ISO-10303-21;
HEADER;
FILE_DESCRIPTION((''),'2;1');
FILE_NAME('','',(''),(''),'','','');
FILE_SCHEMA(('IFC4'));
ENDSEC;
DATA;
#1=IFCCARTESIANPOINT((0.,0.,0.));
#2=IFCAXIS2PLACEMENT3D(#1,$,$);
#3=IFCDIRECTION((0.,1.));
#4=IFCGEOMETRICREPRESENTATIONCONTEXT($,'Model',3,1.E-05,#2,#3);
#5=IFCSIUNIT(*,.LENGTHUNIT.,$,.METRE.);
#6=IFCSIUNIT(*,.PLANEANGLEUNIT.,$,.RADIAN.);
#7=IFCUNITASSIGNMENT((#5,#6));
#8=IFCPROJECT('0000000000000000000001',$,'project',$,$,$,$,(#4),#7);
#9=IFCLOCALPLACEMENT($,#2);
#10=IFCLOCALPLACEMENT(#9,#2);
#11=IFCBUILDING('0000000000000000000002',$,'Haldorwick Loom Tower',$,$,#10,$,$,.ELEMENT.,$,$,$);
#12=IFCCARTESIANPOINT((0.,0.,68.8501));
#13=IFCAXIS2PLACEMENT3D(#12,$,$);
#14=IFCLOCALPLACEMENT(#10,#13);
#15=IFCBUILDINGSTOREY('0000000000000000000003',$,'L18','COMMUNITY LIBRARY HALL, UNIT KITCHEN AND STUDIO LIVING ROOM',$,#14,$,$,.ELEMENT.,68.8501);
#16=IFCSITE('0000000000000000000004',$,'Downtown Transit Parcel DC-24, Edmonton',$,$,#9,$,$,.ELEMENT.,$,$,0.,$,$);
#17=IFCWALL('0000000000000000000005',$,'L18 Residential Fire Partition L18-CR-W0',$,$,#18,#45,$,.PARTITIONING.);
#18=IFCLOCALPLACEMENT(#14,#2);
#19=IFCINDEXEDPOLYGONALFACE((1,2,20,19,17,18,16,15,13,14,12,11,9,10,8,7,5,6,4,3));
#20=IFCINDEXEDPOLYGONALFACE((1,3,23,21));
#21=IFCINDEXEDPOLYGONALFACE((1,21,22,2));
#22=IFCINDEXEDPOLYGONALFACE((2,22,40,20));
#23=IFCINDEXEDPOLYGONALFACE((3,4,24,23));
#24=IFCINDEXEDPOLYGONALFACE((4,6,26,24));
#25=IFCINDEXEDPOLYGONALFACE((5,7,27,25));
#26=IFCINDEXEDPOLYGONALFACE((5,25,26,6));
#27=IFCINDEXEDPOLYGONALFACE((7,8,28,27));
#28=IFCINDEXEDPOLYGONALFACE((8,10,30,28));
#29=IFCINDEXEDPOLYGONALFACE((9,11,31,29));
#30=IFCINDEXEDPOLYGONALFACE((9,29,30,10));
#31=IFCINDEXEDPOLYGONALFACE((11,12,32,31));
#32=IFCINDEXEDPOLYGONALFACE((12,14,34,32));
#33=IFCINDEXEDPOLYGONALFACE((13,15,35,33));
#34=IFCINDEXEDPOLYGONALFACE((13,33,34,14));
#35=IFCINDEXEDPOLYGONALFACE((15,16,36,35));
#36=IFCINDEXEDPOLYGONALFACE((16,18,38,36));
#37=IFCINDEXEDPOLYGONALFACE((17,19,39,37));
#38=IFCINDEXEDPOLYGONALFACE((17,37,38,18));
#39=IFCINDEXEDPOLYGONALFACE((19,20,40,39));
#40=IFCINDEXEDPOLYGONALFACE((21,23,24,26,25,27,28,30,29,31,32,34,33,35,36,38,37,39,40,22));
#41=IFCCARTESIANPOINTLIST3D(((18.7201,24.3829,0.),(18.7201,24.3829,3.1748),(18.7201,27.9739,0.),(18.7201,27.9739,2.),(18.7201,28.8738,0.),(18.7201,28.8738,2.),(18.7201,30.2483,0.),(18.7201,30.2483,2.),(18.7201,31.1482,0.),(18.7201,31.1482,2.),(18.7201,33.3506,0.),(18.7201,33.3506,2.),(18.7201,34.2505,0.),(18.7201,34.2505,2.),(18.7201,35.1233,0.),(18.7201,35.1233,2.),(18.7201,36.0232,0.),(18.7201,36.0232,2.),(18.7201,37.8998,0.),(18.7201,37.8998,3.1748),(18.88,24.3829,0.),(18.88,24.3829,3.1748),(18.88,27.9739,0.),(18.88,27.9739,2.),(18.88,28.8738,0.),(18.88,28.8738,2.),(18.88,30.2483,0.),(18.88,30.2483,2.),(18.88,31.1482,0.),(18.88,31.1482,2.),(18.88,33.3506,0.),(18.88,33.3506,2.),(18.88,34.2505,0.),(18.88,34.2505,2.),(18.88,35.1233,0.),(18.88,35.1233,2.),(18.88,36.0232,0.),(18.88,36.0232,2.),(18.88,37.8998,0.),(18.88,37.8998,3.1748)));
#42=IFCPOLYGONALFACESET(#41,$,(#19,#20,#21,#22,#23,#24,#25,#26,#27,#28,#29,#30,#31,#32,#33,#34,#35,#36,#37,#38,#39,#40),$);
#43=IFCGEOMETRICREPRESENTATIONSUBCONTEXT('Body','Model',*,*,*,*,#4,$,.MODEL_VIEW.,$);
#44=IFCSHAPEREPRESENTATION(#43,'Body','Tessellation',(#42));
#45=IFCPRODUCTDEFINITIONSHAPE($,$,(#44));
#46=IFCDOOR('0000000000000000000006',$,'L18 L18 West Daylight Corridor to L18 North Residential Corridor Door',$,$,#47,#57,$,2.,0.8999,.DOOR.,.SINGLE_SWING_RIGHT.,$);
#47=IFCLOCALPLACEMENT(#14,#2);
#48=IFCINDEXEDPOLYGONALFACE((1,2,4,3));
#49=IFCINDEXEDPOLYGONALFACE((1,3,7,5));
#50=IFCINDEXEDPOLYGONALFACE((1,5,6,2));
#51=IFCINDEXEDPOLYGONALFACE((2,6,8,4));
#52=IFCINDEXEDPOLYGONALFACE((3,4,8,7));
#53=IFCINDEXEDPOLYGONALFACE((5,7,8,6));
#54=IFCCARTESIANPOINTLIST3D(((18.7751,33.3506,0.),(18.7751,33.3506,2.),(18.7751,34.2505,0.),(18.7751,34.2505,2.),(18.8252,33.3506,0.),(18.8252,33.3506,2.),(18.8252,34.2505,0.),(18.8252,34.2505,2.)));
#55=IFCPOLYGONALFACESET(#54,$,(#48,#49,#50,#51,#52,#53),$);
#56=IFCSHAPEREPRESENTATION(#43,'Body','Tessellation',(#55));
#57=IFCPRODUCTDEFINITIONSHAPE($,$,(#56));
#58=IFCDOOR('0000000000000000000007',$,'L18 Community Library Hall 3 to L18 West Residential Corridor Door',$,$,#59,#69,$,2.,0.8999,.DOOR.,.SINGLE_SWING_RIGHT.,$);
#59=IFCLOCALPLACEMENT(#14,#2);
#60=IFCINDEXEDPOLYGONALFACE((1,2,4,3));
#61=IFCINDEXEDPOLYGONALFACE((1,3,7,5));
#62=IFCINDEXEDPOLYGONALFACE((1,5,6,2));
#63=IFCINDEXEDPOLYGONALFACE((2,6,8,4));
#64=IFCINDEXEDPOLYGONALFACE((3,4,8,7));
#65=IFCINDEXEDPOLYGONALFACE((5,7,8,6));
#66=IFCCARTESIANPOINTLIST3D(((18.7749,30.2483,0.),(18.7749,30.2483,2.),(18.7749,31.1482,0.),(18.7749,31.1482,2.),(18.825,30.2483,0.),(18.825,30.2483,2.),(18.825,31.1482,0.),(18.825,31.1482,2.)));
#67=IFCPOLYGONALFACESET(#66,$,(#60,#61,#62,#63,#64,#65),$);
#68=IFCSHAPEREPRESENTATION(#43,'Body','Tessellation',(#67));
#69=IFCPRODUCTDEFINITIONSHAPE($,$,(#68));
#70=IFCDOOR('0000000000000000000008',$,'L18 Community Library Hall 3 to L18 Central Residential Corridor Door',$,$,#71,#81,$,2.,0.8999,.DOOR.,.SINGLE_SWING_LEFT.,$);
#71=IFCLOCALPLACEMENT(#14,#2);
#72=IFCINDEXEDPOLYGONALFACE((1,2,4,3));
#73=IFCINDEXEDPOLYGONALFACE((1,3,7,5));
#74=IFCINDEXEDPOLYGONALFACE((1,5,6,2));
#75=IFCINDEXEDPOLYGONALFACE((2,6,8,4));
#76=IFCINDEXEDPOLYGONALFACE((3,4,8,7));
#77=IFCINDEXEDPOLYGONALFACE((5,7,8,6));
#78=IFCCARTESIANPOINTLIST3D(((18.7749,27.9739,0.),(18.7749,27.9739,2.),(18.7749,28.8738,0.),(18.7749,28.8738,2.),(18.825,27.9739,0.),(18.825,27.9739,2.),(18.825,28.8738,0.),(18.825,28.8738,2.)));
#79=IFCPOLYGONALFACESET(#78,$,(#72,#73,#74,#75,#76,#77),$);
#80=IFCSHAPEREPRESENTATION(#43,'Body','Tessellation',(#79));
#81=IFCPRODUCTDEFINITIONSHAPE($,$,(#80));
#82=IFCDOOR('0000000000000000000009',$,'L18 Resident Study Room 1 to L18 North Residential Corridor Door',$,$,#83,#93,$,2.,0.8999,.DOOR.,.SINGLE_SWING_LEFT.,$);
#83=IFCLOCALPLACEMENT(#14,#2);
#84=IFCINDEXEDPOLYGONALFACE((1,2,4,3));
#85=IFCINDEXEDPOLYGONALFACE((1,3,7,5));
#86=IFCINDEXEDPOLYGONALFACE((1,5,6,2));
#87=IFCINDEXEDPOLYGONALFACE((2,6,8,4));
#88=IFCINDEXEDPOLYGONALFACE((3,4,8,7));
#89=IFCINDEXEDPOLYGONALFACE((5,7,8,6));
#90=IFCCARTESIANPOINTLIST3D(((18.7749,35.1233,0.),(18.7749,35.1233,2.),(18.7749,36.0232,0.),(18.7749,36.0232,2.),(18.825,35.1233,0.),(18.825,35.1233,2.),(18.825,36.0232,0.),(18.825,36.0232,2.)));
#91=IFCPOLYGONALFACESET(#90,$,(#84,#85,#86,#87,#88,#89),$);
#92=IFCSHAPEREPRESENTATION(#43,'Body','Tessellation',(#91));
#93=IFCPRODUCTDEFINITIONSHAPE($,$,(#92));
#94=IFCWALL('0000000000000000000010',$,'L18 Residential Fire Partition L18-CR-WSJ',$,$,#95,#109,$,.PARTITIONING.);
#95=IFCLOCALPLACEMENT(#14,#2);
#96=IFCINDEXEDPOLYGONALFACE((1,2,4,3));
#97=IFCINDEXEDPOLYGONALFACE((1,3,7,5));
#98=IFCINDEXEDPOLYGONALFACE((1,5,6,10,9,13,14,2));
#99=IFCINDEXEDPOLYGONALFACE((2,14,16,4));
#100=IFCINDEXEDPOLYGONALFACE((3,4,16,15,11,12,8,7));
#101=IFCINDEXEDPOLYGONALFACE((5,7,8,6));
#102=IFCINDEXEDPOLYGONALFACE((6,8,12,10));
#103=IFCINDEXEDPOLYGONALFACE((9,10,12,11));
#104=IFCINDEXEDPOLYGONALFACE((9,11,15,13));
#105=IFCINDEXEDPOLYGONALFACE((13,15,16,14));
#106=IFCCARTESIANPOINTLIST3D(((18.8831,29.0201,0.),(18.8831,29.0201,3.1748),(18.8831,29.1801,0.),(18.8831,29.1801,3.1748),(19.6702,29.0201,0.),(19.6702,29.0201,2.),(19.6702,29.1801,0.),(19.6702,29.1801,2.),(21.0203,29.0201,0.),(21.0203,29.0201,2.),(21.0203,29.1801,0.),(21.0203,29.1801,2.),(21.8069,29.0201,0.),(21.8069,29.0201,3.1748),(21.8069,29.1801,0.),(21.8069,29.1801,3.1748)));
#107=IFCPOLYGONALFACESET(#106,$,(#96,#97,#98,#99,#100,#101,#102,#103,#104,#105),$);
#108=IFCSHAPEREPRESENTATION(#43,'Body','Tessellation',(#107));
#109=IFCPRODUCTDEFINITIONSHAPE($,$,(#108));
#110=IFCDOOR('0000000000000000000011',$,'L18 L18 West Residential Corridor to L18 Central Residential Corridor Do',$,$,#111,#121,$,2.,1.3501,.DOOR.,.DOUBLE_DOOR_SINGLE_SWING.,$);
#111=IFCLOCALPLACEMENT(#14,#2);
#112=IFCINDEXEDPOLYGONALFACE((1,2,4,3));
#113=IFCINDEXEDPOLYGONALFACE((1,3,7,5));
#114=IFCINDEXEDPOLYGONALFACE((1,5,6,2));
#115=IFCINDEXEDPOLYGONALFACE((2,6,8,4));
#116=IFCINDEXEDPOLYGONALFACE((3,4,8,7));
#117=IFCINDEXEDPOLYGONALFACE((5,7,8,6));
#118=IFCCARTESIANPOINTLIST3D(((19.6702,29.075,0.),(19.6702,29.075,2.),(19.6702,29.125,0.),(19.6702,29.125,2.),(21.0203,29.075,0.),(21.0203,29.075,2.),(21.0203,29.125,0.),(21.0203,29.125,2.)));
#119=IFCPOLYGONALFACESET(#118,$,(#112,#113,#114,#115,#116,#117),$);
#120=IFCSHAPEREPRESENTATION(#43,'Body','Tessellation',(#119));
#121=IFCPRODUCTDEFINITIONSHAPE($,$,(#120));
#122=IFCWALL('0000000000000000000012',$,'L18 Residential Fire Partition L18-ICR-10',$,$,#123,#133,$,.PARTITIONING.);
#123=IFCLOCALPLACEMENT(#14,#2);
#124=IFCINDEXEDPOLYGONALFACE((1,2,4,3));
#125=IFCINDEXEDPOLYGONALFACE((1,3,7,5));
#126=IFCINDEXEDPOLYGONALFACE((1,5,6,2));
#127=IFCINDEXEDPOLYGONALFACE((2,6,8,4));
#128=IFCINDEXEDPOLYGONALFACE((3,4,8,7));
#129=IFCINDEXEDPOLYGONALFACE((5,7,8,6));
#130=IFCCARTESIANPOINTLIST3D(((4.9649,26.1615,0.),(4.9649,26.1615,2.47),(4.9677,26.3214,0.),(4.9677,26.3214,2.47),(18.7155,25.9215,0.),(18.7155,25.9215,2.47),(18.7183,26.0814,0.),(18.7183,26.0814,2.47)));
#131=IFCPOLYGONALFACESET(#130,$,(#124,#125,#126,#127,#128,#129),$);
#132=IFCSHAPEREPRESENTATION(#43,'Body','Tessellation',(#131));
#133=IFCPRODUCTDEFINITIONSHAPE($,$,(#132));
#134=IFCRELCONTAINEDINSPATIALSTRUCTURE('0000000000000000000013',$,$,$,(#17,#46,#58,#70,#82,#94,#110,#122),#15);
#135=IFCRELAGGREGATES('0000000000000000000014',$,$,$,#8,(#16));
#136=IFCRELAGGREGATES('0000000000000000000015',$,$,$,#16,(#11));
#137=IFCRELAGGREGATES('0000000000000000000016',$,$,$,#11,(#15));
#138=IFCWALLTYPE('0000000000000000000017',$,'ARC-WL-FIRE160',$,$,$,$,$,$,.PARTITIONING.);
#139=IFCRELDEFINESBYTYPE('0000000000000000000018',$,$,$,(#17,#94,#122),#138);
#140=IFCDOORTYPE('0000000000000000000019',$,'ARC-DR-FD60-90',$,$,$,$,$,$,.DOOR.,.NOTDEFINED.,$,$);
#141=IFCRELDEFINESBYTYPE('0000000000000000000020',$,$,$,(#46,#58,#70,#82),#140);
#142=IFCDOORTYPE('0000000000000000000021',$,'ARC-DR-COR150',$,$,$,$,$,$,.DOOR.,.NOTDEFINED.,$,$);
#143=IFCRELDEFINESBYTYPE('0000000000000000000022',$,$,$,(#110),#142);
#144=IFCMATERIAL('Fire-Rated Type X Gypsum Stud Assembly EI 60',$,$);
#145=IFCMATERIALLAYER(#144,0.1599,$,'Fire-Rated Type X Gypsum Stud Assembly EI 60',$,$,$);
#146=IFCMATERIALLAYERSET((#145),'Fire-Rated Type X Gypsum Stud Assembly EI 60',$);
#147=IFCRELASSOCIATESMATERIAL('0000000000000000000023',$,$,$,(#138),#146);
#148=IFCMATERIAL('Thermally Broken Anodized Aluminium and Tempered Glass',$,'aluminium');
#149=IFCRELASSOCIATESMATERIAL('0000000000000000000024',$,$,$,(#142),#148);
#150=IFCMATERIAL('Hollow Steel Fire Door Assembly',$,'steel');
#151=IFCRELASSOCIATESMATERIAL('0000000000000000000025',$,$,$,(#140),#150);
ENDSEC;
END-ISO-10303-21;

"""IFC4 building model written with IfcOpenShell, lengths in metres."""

from ifc_helpers import new_model, si_unit, direction, frame, frame_2d, origin, place, context, subcontext, project, spatial, rectangle, extrude, material, layer, layer_set, type_object, element, fill, save


model = new_model("IFC4")

# Units and contexts
model_context = context("Model", 3, precision=1e-05, world=origin(), true_north=direction((0.0, 1.0)))
body_context = subcontext(model_context, "Body", "Model", "MODEL_VIEW")
ifc_project = project(units=[si_unit("LENGTHUNIT", "METRE"), si_unit("PLANEANGLEUNIT", "RADIAN")], contexts=[model_context])

# Site, building, storey
site_placement = place(None, origin())
site = spatial("IfcSite", under=ifc_project, at=site_placement, Name="Downtown Transit Parcel DC-24, Edmonton", CompositionType="ELEMENT", RefElevation=0.0)
building_placement = place(site_placement, origin())
building = spatial("IfcBuilding", under=site, at=building_placement, Name="Haldorwick Loom Tower", CompositionType="ELEMENT")
storey_placement = place(building_placement, frame((0.0, 0.0, 68.8501)))
storey = spatial("IfcBuildingStorey", under=building, at=storey_placement, Name="L18", Description="COMMUNITY LIBRARY HALL, UNIT KITCHEN AND STUDIO LIVING ROOM", CompositionType="ELEMENT", Elevation=68.8501)

# Wall, openings, doors
ifc_material_1 = material(Name="Fire-Rated Type X Gypsum Stud Assembly EI 60")
ifc_layer_1 = layer(ifc_material_1, 0.1599, Name="Fire-Rated Type X Gypsum Stud Assembly EI 60")
ifc_layer_set_1 = layer_set([ifc_layer_1], Name="Fire-Rated Type X Gypsum Stud Assembly EI 60")
wall_type_1 = type_object("IfcWallType", Name="ARC-WL-FIRE160", PredefinedType="PARTITIONING", material=ifc_layer_set_1)
ifc_material_2 = material(Name="Thermally Broken Anodized Aluminium and Tempered Glass", Category="aluminium")
door_type_1 = type_object("IfcDoorType", Name="ARC-DR-COR150", OperationType="NOTDEFINED", PredefinedType="DOOR", material=ifc_material_2)
ifc_material_3 = material(Name="Hollow Steel Fire Door Assembly", Category="steel")
door_type_2 = type_object("IfcDoorType", Name="ARC-DR-FD60-90", OperationType="NOTDEFINED", PredefinedType="DOOR", material=ifc_material_3)
wall_1_placement = place(storey_placement, frame((18.8, 24.3831, 0.0), z_axis=(0.0, 0.0, 1.0), x_axis=(0.0, 1.0, 0.0)))
wall_1 = element("IfcWall", 1, at=wall_1_placement, inside=storey, type_object=wall_type_1, Name="L18 Residential Fire Partition L18-CR-W0", PredefinedType="PARTITIONING", context=body_context, shape_type="SweptSolid", body=[
    extrude(rectangle(XDim=13.5168, YDim=0.1599, at=frame_2d((6.7583, 0.0))), origin(), (0.0, 0.0, 1.0), 3.1748),
])
opening_1_placement = place(wall_1_placement, frame((8.9675, 0.0, 0.0)))
opening_1 = element("IfcOpeningElement", 2, at=opening_1_placement, cuts=wall_1, PredefinedType="OPENING", context=body_context, shape_type="SweptSolid", body=[
    extrude(rectangle(XDim=0.8999, YDim=2.0, at=frame_2d((0.45, 1.0))), frame((0.0, 0.0898, 0.0), z_axis=(0.0, -1.0, 0.0), x_axis=(1.0, 0.0, 0.0)), (0.0, 0.0, 1.0), 0.1799),
])
opening_2_placement = place(wall_1_placement, frame((5.8652, 0.0, 0.0)))
opening_2 = element("IfcOpeningElement", 3, at=opening_2_placement, cuts=wall_1, PredefinedType="OPENING", context=body_context, shape_type="SweptSolid", body=[
    extrude(rectangle(XDim=0.8999, YDim=2.0, at=frame_2d((0.45, 1.0))), frame((0.0, 0.0898, 0.0), z_axis=(0.0, -1.0, 0.0), x_axis=(1.0, 0.0, 0.0)), (0.0, 0.0, 1.0), 0.1799),
])
opening_3_placement = place(wall_1_placement, frame((3.5908, 0.0, 0.0)))
opening_3 = element("IfcOpeningElement", 4, at=opening_3_placement, cuts=wall_1, PredefinedType="OPENING", context=body_context, shape_type="SweptSolid", body=[
    extrude(rectangle(XDim=0.8999, YDim=2.0, at=frame_2d((0.45, 1.0))), frame((0.0, 0.0898, 0.0), z_axis=(0.0, -1.0, 0.0), x_axis=(1.0, 0.0, 0.0)), (0.0, 0.0, 1.0), 0.1799),
])
opening_4_placement = place(wall_1_placement, frame((10.7402, 0.0, 0.0)))
opening_4 = element("IfcOpeningElement", 5, at=opening_4_placement, cuts=wall_1, PredefinedType="OPENING", context=body_context, shape_type="SweptSolid", body=[
    extrude(rectangle(XDim=0.8999, YDim=2.0, at=frame_2d((0.45, 1.0))), frame((0.0, 0.0898, 0.0), z_axis=(0.0, -1.0, 0.0), x_axis=(1.0, 0.0, 0.0)), (0.0, 0.0, 1.0), 0.1799),
])
door_1_placement = place(opening_1_placement, origin())
door_1 = element("IfcDoor", 6, at=door_1_placement, inside=storey, type_object=door_type_2, Name="L18 L18 West Daylight Corridor to L18 North Residential Corridor Door", OperationType="SINGLE_SWING_RIGHT", OverallHeight=2.0, OverallWidth=0.8999, PredefinedType="DOOR", context=body_context, shape_type="SweptSolid", body=[
    extrude(rectangle(XDim=0.8999, YDim=2.0, at=frame_2d((0.45, 1.0))), frame((0.0, 0.0249, 0.0), z_axis=(0.0, -1.0, 0.0), x_axis=(1.0, 0.0, 0.0)), (0.0, 0.0, 1.0), 0.05),
])
fill(opening_1, door_1)
door_2_placement = place(opening_2_placement, frame((0.8999, 0.0, 0.0), z_axis=(0.0, 0.0, 1.0), x_axis=(-1.0, 0.0, 0.0)))
door_2 = element("IfcDoor", 7, at=door_2_placement, inside=storey, type_object=door_type_2, Name="L18 Community Library Hall 3 to L18 West Residential Corridor Door", OperationType="SINGLE_SWING_RIGHT", OverallHeight=2.0, OverallWidth=0.8999, PredefinedType="DOOR", context=body_context, shape_type="SweptSolid", body=[
    extrude(rectangle(XDim=0.8999, YDim=2.0, at=frame_2d((0.45, 1.0))), frame((0.0, 0.0249, 0.0), z_axis=(0.0, -1.0, 0.0), x_axis=(1.0, 0.0, 0.0)), (0.0, 0.0, 1.0), 0.05),
])
fill(opening_2, door_2)
door_3_placement = place(opening_3_placement, frame((0.8999, 0.0, 0.0), z_axis=(0.0, 0.0, 1.0), x_axis=(-1.0, 0.0, 0.0)))
door_3 = element("IfcDoor", 8, at=door_3_placement, inside=storey, type_object=door_type_2, Name="L18 Community Library Hall 3 to L18 Central Residential Corridor Door", OperationType="SINGLE_SWING_LEFT", OverallHeight=2.0, OverallWidth=0.8999, PredefinedType="DOOR", context=body_context, shape_type="SweptSolid", body=[
    extrude(rectangle(XDim=0.8999, YDim=2.0, at=frame_2d((0.45, 1.0))), frame((0.0, 0.0249, 0.0), z_axis=(0.0, -1.0, 0.0), x_axis=(1.0, 0.0, 0.0)), (0.0, 0.0, 1.0), 0.05),
])
fill(opening_3, door_3)
door_4_placement = place(opening_4_placement, frame((0.8999, 0.0, 0.0), z_axis=(0.0, 0.0, 1.0), x_axis=(-1.0, 0.0, 0.0)))
door_4 = element("IfcDoor", 9, at=door_4_placement, inside=storey, type_object=door_type_2, Name="L18 Resident Study Room 1 to L18 North Residential Corridor Door", OperationType="SINGLE_SWING_LEFT", OverallHeight=2.0, OverallWidth=0.8999, PredefinedType="DOOR", context=body_context, shape_type="SweptSolid", body=[
    extrude(rectangle(XDim=0.8999, YDim=2.0, at=frame_2d((0.45, 1.0))), frame((0.0, 0.0249, 0.0), z_axis=(0.0, -1.0, 0.0), x_axis=(1.0, 0.0, 0.0)), (0.0, 0.0, 1.0), 0.05),
])
fill(opening_4, door_4)

# Wall, opening, door
wall_2_placement = place(storey_placement, frame((18.8831, 29.1001, 0.0), z_axis=(0.0, 0.0, 1.0), x_axis=(1.0, 0.0, 0.0)))
wall_2 = element("IfcWall", 10, at=wall_2_placement, inside=storey, type_object=wall_type_1, Name="L18 Residential Fire Partition L18-CR-WSJ", PredefinedType="PARTITIONING", context=body_context, shape_type="SweptSolid", body=[
    extrude(rectangle(XDim=2.9238, YDim=0.1599, at=frame_2d((1.4619, 0.0))), origin(), (0.0, 0.0, 1.0), 3.1748),
])
opening_5_placement = place(wall_2_placement, frame((0.7871, 0.0, 0.0)))
opening_5 = element("IfcOpeningElement", 11, at=opening_5_placement, cuts=wall_2, PredefinedType="OPENING", context=body_context, shape_type="SweptSolid", body=[
    extrude(rectangle(XDim=1.3501, YDim=2.0, at=frame_2d((0.675, 1.0))), frame((0.0, 0.0898, 0.0), z_axis=(0.0, -1.0, 0.0), x_axis=(1.0, 0.0, 0.0)), (0.0, 0.0, 1.0), 0.1799),
])
door_5_placement = place(opening_5_placement, origin())
door_5 = element("IfcDoor", 12, at=door_5_placement, inside=storey, type_object=door_type_1, Name="L18 L18 West Residential Corridor to L18 Central Residential Corridor Do", OperationType="DOUBLE_DOOR_SINGLE_SWING", OverallHeight=2.0, OverallWidth=1.3501, PredefinedType="DOOR", context=body_context, shape_type="SweptSolid", body=[
    extrude(rectangle(XDim=1.3501, YDim=2.0, at=frame_2d((0.675, 1.0))), frame((0.0, 0.0249, 0.0), z_axis=(0.0, -1.0, 0.0), x_axis=(1.0, 0.0, 0.0)), (0.0, 0.0, 1.0), 0.05),
])
fill(opening_5, door_5)

# Wall
wall_3_placement = place(storey_placement, frame((18.717, 26.0015, 0.0), z_axis=(0.0, 0.0, 1.0), x_axis=(-0.999848, 0.017451, 0.0)))
element("IfcWall", 13, at=wall_3_placement, inside=storey, type_object=wall_type_1, Name="L18 Residential Fire Partition L18-ICR-10", PredefinedType="PARTITIONING", context=body_context, shape_type="SweptSolid", body=[
    extrude(rectangle(XDim=13.7527, YDim=0.1599, at=frame_2d((6.8765, 0.0))), origin(), (0.0, 0.0, 1.0), 2.47),
])

save(model, "model.ifc")
